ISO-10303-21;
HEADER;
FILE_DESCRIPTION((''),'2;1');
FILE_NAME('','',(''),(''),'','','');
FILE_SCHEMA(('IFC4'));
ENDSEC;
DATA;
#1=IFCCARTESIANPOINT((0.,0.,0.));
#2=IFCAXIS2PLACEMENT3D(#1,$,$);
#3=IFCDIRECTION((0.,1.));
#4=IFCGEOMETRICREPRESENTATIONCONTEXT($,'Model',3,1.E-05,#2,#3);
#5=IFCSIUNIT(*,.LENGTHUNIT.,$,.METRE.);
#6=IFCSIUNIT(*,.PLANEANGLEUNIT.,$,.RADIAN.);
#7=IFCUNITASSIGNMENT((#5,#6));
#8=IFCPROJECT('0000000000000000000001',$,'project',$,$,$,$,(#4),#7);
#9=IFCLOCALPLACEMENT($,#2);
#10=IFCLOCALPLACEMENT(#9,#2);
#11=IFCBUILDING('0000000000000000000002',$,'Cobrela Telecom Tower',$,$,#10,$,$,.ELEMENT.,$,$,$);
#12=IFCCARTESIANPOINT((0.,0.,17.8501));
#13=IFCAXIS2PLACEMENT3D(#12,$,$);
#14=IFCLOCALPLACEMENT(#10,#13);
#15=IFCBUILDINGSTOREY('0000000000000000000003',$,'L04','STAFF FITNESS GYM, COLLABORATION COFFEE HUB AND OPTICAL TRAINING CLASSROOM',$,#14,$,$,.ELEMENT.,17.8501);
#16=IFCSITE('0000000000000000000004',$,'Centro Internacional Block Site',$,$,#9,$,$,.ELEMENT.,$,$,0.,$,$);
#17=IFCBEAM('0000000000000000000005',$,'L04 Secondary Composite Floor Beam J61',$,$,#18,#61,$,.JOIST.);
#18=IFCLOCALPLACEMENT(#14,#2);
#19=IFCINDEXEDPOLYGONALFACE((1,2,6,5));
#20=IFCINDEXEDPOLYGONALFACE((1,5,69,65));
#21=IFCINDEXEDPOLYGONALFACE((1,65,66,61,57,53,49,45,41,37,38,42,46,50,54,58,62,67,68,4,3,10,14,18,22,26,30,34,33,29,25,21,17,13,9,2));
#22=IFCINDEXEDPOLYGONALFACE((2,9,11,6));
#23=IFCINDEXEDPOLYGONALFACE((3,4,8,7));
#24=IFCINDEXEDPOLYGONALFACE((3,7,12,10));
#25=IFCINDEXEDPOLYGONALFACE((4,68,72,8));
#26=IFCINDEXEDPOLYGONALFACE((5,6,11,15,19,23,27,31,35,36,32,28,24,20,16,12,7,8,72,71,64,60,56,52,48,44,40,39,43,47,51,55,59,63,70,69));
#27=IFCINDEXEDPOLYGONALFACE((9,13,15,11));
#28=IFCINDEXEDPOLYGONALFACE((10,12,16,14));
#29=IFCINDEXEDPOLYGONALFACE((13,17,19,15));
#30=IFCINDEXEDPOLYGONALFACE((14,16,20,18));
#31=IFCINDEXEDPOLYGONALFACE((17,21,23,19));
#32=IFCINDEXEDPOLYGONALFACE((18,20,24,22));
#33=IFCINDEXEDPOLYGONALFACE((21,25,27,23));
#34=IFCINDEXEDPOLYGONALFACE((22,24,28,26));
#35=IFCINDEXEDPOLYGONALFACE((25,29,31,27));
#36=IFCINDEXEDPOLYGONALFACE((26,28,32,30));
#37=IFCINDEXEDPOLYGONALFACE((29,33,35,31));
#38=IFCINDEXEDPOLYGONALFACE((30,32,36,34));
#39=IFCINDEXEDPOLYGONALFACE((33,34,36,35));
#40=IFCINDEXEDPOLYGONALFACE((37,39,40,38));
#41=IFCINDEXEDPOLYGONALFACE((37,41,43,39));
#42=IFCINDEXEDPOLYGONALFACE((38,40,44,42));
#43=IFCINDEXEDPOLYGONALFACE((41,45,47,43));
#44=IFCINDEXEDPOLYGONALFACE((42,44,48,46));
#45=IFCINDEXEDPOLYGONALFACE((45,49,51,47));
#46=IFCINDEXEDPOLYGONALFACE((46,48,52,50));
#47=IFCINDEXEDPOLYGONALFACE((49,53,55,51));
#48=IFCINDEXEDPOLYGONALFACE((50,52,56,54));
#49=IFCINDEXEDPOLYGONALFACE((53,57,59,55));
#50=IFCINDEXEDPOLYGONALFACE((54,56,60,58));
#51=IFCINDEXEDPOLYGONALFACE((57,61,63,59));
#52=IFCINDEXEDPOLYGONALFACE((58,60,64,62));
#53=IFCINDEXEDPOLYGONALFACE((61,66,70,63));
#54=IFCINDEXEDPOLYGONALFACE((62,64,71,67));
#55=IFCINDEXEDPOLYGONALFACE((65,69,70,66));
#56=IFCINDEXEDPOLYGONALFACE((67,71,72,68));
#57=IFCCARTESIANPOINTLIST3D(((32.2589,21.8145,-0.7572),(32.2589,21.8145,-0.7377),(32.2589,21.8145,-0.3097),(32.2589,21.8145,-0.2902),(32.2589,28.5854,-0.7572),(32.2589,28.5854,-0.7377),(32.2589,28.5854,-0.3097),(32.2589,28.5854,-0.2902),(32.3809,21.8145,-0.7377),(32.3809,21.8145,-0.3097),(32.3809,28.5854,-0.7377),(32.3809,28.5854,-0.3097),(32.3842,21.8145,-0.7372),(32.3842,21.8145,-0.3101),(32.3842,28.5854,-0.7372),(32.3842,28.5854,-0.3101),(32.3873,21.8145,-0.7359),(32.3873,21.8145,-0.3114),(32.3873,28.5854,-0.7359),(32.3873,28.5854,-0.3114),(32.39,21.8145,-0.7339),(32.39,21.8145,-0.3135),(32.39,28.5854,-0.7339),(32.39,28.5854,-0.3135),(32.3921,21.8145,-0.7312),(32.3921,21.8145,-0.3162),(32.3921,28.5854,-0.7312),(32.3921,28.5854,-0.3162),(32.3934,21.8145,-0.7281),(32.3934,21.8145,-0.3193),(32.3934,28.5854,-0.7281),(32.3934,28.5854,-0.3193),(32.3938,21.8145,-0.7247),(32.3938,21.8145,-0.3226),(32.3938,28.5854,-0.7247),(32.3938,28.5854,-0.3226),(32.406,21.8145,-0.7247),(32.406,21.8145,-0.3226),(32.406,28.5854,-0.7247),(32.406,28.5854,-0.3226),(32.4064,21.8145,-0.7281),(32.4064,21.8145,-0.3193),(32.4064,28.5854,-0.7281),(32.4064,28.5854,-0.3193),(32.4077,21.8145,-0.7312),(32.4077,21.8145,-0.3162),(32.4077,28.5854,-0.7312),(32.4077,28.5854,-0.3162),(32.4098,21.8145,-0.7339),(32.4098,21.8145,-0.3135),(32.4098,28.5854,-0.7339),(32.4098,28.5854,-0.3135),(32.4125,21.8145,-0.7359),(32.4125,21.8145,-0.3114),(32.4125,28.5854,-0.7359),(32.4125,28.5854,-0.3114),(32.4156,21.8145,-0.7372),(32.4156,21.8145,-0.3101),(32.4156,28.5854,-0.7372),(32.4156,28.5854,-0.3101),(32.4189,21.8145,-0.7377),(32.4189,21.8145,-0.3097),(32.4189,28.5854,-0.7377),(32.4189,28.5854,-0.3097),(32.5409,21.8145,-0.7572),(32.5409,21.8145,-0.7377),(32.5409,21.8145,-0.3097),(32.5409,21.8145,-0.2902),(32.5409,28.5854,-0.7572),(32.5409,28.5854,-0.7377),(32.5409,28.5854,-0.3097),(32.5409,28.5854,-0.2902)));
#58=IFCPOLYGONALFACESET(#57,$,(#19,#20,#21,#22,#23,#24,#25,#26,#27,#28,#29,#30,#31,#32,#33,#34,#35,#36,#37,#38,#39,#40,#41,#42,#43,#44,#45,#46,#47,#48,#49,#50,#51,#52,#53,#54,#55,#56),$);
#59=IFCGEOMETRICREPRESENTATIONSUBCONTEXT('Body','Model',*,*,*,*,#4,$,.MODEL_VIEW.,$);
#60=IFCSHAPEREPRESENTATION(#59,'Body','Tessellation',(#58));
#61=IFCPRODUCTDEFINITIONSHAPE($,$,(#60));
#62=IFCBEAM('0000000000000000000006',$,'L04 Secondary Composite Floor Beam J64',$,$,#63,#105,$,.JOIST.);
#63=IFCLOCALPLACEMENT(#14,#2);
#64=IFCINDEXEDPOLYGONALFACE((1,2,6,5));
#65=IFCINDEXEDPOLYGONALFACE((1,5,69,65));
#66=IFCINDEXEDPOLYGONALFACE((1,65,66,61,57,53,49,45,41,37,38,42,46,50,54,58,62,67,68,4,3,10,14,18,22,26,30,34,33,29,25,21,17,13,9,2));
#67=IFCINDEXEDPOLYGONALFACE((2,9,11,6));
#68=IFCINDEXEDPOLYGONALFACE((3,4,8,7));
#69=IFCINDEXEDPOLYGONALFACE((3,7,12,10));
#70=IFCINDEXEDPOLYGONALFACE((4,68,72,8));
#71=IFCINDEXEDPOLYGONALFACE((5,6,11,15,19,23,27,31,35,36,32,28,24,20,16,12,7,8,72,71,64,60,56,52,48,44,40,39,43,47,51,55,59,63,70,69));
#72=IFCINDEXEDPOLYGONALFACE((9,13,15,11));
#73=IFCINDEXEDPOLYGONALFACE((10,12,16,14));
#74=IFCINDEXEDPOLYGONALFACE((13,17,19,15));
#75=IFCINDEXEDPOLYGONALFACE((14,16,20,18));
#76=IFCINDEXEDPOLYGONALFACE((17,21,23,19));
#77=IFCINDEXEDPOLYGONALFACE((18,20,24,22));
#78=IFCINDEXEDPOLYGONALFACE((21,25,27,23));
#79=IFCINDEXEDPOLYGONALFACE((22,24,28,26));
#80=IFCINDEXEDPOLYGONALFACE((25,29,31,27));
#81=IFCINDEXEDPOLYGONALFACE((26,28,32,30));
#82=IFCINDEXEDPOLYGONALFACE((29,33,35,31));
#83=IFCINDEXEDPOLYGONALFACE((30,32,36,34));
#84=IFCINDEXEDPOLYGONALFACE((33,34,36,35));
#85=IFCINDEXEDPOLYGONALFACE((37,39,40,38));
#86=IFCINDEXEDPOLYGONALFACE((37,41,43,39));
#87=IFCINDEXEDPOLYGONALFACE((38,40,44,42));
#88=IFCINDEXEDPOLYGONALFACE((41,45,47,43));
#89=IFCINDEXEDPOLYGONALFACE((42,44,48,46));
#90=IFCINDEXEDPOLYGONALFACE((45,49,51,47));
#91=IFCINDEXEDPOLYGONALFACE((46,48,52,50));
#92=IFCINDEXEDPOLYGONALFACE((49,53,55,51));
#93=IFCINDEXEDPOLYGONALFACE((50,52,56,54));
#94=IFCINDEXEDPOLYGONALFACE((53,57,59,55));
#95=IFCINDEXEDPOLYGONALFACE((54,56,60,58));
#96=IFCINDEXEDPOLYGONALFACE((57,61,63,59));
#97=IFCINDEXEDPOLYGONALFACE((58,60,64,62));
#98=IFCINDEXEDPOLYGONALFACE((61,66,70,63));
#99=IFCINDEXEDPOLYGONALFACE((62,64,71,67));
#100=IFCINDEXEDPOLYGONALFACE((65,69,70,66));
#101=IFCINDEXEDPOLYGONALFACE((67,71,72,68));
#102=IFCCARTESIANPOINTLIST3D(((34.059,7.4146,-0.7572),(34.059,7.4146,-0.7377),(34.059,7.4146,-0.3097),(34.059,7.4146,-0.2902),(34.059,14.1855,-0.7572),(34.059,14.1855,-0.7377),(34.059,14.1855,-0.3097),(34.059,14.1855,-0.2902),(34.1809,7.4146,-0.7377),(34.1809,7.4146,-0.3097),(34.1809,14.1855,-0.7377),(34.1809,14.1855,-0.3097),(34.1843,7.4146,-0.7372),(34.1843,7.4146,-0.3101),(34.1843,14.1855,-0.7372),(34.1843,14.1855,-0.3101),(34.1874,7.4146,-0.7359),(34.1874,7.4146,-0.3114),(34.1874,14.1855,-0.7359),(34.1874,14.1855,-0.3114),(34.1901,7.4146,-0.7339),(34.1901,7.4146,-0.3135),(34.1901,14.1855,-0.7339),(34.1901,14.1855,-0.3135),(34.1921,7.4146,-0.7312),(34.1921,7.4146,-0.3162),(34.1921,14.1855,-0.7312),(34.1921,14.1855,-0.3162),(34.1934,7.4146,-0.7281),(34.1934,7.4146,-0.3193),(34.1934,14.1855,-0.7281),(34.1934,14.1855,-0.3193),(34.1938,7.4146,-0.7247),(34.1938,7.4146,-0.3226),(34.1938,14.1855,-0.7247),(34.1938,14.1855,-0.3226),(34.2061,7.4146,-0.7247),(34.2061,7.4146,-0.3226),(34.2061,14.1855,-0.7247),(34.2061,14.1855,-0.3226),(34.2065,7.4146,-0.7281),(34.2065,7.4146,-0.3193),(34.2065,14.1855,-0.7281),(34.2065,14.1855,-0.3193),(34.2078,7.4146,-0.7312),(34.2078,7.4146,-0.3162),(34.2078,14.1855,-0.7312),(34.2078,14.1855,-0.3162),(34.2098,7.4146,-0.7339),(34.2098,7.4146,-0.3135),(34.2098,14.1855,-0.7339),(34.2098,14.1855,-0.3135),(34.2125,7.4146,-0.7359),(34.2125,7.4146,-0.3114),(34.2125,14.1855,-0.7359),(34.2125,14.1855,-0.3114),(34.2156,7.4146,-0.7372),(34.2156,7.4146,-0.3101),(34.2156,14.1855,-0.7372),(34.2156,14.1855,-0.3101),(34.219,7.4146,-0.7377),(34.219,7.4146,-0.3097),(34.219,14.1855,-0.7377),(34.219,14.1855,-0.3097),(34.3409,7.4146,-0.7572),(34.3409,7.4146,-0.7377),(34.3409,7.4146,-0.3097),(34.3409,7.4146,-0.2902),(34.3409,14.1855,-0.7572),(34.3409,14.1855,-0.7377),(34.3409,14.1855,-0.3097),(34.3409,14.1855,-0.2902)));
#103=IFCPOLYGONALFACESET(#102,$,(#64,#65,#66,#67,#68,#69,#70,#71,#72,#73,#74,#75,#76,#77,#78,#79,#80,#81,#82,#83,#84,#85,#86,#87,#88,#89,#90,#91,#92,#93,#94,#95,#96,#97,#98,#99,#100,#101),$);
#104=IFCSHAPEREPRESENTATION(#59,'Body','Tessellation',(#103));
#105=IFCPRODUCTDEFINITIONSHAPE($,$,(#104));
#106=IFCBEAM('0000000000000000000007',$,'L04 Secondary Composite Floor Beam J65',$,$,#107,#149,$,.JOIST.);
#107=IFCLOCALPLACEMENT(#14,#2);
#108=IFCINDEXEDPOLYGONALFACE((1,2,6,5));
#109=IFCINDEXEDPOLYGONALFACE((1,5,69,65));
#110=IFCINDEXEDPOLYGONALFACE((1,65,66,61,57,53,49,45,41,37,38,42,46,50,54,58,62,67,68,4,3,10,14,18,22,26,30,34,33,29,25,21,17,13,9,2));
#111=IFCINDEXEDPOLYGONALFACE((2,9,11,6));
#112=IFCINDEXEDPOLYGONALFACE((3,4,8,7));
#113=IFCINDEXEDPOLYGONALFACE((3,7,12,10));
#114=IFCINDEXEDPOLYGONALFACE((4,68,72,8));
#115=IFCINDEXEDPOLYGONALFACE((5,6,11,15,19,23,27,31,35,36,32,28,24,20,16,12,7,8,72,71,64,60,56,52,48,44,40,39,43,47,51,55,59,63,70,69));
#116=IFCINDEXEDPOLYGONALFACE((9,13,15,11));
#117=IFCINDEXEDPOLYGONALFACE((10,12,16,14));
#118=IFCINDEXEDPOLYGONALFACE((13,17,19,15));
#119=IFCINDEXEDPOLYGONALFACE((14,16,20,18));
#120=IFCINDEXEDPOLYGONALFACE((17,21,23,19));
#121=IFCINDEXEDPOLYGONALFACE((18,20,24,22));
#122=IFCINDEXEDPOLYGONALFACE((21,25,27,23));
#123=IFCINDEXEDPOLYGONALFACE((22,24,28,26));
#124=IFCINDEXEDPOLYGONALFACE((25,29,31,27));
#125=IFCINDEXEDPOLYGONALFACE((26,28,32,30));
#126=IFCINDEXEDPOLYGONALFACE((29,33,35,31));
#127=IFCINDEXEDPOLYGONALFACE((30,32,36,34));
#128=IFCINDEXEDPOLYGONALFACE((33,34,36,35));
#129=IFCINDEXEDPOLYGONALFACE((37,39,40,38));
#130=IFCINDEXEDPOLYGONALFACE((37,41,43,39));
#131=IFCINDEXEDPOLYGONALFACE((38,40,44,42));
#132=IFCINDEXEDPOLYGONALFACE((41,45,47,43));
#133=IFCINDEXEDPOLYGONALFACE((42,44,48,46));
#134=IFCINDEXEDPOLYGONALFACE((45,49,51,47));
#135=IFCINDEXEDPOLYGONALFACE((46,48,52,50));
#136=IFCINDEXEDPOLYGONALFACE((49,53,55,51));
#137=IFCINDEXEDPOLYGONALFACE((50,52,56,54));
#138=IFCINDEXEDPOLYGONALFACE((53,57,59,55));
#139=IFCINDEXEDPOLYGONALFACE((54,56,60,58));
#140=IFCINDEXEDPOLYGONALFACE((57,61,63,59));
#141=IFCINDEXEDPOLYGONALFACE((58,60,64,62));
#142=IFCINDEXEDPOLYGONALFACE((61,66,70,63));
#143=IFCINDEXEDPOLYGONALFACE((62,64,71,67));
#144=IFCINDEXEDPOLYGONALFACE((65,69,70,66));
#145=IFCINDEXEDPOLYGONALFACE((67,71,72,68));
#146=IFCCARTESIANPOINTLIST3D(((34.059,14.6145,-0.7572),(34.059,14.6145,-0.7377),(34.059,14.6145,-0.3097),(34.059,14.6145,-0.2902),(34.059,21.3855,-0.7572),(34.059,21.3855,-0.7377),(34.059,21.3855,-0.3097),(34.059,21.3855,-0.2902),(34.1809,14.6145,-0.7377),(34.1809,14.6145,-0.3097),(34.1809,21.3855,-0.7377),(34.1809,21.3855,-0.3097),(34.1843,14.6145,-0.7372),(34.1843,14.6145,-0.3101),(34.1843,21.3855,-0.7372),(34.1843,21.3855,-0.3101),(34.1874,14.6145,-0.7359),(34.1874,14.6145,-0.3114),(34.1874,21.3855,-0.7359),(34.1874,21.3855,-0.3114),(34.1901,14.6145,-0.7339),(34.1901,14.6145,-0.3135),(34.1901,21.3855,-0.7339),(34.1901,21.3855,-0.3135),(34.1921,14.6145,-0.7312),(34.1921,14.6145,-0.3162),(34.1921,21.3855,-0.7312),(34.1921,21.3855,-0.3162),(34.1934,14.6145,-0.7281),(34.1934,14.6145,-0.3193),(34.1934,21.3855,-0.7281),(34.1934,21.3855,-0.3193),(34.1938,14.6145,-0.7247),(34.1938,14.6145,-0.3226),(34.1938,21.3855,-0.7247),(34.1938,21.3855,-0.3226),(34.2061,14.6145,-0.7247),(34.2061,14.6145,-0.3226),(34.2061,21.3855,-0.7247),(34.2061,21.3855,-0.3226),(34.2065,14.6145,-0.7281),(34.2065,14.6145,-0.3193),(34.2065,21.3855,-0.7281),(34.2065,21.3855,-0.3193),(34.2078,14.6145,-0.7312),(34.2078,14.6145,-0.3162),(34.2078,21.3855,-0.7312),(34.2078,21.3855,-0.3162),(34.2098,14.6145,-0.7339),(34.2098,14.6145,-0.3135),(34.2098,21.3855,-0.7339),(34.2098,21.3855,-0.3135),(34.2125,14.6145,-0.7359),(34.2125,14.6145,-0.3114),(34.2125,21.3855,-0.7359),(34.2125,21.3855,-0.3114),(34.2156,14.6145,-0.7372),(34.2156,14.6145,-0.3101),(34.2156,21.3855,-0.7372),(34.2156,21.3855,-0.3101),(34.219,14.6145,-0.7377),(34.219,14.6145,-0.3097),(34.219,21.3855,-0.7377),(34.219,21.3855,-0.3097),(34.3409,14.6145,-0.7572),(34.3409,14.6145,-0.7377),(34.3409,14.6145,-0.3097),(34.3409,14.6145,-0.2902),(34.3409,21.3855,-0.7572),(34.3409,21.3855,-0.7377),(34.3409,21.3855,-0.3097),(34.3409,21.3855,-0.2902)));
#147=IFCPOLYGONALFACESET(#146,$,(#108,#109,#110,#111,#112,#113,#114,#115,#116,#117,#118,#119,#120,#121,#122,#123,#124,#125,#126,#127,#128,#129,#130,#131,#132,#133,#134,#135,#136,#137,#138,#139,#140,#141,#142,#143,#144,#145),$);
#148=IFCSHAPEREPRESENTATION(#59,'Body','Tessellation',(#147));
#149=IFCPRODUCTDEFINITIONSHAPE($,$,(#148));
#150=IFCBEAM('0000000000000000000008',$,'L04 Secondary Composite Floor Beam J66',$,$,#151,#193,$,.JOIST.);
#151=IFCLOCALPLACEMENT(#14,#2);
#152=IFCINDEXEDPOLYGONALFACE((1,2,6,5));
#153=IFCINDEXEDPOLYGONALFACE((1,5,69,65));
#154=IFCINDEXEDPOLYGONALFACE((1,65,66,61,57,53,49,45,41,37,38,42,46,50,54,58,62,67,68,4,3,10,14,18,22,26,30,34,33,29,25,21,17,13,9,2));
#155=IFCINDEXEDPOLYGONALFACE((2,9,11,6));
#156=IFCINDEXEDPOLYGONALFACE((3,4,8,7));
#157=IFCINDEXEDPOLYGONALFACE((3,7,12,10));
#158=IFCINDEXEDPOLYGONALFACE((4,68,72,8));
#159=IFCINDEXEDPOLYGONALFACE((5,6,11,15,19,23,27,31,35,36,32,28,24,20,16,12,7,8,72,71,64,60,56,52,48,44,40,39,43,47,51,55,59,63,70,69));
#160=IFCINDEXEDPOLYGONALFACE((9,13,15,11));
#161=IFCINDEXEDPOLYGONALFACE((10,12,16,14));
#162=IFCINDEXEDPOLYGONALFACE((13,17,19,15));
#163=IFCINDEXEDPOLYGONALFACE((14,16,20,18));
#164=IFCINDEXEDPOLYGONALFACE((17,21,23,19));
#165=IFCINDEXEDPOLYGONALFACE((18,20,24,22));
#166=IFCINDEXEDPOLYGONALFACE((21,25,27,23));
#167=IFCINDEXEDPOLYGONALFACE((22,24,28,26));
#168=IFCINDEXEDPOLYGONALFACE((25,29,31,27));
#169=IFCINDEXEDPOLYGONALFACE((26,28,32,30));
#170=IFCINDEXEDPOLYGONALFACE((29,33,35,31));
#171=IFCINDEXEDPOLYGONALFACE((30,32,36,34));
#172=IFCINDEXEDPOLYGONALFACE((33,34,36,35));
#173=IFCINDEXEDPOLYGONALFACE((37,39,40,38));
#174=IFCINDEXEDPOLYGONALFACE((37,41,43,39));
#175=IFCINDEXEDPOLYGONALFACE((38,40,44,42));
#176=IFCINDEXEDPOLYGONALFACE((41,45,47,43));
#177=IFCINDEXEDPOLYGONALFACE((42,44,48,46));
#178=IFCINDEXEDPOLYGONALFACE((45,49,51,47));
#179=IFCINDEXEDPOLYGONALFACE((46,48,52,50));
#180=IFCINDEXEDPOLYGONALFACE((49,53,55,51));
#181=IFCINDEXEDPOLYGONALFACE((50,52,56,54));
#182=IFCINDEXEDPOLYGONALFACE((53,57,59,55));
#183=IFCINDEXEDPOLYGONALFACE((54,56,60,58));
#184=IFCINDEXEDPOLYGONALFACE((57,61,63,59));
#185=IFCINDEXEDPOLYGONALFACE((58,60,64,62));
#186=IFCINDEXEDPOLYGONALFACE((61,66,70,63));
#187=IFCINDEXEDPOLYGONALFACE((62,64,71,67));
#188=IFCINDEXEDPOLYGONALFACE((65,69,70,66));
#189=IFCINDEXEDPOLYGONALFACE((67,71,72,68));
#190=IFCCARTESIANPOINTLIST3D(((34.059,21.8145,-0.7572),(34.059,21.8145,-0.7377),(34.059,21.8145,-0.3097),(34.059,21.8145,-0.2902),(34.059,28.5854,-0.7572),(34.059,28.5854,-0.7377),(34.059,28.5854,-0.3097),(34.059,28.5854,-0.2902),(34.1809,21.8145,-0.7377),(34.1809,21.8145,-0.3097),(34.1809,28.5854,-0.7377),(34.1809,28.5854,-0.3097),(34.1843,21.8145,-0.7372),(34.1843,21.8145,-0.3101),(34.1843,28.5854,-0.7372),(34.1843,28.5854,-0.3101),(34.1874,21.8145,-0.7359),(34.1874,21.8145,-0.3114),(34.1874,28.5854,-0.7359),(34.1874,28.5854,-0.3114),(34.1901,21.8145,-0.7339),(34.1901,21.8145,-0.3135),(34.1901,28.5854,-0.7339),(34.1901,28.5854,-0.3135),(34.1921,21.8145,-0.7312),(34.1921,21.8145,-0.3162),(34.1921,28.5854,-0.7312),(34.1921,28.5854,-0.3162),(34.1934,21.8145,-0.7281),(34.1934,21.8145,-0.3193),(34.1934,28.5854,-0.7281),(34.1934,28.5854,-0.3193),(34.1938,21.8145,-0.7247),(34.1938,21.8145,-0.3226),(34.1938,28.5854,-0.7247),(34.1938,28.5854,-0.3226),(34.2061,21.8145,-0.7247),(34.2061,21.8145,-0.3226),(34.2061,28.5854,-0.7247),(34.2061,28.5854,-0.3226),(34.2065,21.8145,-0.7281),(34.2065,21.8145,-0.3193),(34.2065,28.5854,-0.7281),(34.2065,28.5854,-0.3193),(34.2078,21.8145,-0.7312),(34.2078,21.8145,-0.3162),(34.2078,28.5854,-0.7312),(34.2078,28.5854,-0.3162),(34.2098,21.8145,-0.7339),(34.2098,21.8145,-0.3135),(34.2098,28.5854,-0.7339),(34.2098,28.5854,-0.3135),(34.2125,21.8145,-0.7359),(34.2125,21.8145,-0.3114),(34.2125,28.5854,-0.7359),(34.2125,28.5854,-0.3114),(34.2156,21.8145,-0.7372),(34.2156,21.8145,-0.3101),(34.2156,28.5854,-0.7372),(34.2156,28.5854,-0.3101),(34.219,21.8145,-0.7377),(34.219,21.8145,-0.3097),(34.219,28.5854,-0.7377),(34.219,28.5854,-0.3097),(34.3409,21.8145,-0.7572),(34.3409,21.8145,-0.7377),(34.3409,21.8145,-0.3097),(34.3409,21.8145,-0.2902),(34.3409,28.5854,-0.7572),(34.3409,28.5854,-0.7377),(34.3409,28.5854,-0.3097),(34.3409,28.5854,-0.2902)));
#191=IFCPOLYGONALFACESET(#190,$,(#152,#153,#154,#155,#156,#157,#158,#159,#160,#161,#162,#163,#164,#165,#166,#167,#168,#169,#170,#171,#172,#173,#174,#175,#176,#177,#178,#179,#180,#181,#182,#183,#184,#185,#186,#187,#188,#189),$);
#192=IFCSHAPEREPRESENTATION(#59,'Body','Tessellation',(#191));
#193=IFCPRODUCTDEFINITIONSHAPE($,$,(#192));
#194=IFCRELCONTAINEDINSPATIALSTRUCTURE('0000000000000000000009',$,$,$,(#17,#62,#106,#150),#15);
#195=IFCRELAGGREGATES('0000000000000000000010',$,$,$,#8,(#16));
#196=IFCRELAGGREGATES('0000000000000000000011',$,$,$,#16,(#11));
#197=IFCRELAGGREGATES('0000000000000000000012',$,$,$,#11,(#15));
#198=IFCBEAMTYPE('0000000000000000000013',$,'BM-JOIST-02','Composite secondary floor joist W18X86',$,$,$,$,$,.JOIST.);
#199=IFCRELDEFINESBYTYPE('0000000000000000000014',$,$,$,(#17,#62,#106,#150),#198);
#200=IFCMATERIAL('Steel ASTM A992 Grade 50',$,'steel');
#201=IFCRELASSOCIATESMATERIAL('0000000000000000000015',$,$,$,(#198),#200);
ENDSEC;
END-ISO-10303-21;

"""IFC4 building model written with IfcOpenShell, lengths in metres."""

from ifc_helpers import new_model, si_unit, direction, frame, origin, origin_2d, place, context, subcontext, project, spatial, i_section, extrude, material, material_profile, profile_set, type_object, element, save


model = new_model("IFC4")

# Units and contexts
model_context = context("Model", 3, precision=1e-05, world=origin(), true_north=direction((0.0, 1.0)))
body_context = subcontext(model_context, "Body", "Model", "MODEL_VIEW")
ifc_project = project(units=[si_unit("LENGTHUNIT", "METRE"), si_unit("PLANEANGLEUNIT", "RADIAN")], contexts=[model_context])

# Site, building, storey
site_placement = place(None, origin())
site = spatial("IfcSite", under=ifc_project, at=site_placement, Name="Centro Internacional Block Site", CompositionType="ELEMENT", RefElevation=0.0)
building_placement = place(site_placement, origin())
building = spatial("IfcBuilding", under=site, at=building_placement, Name="Cobrela Telecom Tower", CompositionType="ELEMENT")
storey_placement = place(building_placement, frame((0.0, 0.0, 17.8501)))
storey = spatial("IfcBuildingStorey", under=building, at=storey_placement, Name="L04", Description="STAFF FITNESS GYM, COLLABORATION COFFEE HUB AND OPTICAL TRAINING CLASSROOM", CompositionType="ELEMENT", Elevation=17.8501)

# Beams
ifc_material_1 = material(Name="Steel ASTM A992 Grade 50", Category="steel")
ifc_material_profile_1 = material_profile(ifc_material_1, i_section(OverallWidth=0.282, OverallDepth=0.467, WebThickness=0.0122, FlangeThickness=0.0195, FilletRadius=0.0129, at=origin_2d()), Name="W18X86")
ifc_profile_set_1 = profile_set([ifc_material_profile_1], Name="Steel ASTM A992 Grade 50")
beam_type_1 = type_object("IfcBeamType", Name="BM-JOIST-02", Description="Composite secondary floor joist W18X86", PredefinedType="JOIST", material=ifc_profile_set_1)
for number, where, z_axis, x_axis, name in (
    (1, (32.3999, 21.8145, -0.5237), (0.0, 1.0, 0.0), (-1.0, 0.0, 0.0), "L04 Secondary Composite Floor Beam J61"),
    (2, (34.2, 7.4146, -0.5237), (0.0, 1.0, 0.0), (-1.0, 0.0, 0.0), "L04 Secondary Composite Floor Beam J64"),
    (3, (34.2, 14.6145, -0.5237), (0.0, 1.0, 0.0), (-1.0, 0.0, 0.0), "L04 Secondary Composite Floor Beam J65"),
    (4, (34.2, 21.8145, -0.5237), (0.0, 1.0, 0.0), (-1.0, 0.0, 0.0), "L04 Secondary Composite Floor Beam J66"),
):
    element("IfcBeam", number, at=place(storey_placement, frame(where, z_axis=z_axis, x_axis=x_axis)), inside=storey, type_object=beam_type_1, Name=name, PredefinedType="JOIST", context=body_context, shape_type="SweptSolid", body=[
        extrude(i_section(OverallWidth=0.282, OverallDepth=0.467, WebThickness=0.0122, FlangeThickness=0.0195, FilletRadius=0.0129, at=origin_2d()), origin(), (0.0, 0.0, 1.0), 6.771),
    ])

save(model, "model.ifc")
